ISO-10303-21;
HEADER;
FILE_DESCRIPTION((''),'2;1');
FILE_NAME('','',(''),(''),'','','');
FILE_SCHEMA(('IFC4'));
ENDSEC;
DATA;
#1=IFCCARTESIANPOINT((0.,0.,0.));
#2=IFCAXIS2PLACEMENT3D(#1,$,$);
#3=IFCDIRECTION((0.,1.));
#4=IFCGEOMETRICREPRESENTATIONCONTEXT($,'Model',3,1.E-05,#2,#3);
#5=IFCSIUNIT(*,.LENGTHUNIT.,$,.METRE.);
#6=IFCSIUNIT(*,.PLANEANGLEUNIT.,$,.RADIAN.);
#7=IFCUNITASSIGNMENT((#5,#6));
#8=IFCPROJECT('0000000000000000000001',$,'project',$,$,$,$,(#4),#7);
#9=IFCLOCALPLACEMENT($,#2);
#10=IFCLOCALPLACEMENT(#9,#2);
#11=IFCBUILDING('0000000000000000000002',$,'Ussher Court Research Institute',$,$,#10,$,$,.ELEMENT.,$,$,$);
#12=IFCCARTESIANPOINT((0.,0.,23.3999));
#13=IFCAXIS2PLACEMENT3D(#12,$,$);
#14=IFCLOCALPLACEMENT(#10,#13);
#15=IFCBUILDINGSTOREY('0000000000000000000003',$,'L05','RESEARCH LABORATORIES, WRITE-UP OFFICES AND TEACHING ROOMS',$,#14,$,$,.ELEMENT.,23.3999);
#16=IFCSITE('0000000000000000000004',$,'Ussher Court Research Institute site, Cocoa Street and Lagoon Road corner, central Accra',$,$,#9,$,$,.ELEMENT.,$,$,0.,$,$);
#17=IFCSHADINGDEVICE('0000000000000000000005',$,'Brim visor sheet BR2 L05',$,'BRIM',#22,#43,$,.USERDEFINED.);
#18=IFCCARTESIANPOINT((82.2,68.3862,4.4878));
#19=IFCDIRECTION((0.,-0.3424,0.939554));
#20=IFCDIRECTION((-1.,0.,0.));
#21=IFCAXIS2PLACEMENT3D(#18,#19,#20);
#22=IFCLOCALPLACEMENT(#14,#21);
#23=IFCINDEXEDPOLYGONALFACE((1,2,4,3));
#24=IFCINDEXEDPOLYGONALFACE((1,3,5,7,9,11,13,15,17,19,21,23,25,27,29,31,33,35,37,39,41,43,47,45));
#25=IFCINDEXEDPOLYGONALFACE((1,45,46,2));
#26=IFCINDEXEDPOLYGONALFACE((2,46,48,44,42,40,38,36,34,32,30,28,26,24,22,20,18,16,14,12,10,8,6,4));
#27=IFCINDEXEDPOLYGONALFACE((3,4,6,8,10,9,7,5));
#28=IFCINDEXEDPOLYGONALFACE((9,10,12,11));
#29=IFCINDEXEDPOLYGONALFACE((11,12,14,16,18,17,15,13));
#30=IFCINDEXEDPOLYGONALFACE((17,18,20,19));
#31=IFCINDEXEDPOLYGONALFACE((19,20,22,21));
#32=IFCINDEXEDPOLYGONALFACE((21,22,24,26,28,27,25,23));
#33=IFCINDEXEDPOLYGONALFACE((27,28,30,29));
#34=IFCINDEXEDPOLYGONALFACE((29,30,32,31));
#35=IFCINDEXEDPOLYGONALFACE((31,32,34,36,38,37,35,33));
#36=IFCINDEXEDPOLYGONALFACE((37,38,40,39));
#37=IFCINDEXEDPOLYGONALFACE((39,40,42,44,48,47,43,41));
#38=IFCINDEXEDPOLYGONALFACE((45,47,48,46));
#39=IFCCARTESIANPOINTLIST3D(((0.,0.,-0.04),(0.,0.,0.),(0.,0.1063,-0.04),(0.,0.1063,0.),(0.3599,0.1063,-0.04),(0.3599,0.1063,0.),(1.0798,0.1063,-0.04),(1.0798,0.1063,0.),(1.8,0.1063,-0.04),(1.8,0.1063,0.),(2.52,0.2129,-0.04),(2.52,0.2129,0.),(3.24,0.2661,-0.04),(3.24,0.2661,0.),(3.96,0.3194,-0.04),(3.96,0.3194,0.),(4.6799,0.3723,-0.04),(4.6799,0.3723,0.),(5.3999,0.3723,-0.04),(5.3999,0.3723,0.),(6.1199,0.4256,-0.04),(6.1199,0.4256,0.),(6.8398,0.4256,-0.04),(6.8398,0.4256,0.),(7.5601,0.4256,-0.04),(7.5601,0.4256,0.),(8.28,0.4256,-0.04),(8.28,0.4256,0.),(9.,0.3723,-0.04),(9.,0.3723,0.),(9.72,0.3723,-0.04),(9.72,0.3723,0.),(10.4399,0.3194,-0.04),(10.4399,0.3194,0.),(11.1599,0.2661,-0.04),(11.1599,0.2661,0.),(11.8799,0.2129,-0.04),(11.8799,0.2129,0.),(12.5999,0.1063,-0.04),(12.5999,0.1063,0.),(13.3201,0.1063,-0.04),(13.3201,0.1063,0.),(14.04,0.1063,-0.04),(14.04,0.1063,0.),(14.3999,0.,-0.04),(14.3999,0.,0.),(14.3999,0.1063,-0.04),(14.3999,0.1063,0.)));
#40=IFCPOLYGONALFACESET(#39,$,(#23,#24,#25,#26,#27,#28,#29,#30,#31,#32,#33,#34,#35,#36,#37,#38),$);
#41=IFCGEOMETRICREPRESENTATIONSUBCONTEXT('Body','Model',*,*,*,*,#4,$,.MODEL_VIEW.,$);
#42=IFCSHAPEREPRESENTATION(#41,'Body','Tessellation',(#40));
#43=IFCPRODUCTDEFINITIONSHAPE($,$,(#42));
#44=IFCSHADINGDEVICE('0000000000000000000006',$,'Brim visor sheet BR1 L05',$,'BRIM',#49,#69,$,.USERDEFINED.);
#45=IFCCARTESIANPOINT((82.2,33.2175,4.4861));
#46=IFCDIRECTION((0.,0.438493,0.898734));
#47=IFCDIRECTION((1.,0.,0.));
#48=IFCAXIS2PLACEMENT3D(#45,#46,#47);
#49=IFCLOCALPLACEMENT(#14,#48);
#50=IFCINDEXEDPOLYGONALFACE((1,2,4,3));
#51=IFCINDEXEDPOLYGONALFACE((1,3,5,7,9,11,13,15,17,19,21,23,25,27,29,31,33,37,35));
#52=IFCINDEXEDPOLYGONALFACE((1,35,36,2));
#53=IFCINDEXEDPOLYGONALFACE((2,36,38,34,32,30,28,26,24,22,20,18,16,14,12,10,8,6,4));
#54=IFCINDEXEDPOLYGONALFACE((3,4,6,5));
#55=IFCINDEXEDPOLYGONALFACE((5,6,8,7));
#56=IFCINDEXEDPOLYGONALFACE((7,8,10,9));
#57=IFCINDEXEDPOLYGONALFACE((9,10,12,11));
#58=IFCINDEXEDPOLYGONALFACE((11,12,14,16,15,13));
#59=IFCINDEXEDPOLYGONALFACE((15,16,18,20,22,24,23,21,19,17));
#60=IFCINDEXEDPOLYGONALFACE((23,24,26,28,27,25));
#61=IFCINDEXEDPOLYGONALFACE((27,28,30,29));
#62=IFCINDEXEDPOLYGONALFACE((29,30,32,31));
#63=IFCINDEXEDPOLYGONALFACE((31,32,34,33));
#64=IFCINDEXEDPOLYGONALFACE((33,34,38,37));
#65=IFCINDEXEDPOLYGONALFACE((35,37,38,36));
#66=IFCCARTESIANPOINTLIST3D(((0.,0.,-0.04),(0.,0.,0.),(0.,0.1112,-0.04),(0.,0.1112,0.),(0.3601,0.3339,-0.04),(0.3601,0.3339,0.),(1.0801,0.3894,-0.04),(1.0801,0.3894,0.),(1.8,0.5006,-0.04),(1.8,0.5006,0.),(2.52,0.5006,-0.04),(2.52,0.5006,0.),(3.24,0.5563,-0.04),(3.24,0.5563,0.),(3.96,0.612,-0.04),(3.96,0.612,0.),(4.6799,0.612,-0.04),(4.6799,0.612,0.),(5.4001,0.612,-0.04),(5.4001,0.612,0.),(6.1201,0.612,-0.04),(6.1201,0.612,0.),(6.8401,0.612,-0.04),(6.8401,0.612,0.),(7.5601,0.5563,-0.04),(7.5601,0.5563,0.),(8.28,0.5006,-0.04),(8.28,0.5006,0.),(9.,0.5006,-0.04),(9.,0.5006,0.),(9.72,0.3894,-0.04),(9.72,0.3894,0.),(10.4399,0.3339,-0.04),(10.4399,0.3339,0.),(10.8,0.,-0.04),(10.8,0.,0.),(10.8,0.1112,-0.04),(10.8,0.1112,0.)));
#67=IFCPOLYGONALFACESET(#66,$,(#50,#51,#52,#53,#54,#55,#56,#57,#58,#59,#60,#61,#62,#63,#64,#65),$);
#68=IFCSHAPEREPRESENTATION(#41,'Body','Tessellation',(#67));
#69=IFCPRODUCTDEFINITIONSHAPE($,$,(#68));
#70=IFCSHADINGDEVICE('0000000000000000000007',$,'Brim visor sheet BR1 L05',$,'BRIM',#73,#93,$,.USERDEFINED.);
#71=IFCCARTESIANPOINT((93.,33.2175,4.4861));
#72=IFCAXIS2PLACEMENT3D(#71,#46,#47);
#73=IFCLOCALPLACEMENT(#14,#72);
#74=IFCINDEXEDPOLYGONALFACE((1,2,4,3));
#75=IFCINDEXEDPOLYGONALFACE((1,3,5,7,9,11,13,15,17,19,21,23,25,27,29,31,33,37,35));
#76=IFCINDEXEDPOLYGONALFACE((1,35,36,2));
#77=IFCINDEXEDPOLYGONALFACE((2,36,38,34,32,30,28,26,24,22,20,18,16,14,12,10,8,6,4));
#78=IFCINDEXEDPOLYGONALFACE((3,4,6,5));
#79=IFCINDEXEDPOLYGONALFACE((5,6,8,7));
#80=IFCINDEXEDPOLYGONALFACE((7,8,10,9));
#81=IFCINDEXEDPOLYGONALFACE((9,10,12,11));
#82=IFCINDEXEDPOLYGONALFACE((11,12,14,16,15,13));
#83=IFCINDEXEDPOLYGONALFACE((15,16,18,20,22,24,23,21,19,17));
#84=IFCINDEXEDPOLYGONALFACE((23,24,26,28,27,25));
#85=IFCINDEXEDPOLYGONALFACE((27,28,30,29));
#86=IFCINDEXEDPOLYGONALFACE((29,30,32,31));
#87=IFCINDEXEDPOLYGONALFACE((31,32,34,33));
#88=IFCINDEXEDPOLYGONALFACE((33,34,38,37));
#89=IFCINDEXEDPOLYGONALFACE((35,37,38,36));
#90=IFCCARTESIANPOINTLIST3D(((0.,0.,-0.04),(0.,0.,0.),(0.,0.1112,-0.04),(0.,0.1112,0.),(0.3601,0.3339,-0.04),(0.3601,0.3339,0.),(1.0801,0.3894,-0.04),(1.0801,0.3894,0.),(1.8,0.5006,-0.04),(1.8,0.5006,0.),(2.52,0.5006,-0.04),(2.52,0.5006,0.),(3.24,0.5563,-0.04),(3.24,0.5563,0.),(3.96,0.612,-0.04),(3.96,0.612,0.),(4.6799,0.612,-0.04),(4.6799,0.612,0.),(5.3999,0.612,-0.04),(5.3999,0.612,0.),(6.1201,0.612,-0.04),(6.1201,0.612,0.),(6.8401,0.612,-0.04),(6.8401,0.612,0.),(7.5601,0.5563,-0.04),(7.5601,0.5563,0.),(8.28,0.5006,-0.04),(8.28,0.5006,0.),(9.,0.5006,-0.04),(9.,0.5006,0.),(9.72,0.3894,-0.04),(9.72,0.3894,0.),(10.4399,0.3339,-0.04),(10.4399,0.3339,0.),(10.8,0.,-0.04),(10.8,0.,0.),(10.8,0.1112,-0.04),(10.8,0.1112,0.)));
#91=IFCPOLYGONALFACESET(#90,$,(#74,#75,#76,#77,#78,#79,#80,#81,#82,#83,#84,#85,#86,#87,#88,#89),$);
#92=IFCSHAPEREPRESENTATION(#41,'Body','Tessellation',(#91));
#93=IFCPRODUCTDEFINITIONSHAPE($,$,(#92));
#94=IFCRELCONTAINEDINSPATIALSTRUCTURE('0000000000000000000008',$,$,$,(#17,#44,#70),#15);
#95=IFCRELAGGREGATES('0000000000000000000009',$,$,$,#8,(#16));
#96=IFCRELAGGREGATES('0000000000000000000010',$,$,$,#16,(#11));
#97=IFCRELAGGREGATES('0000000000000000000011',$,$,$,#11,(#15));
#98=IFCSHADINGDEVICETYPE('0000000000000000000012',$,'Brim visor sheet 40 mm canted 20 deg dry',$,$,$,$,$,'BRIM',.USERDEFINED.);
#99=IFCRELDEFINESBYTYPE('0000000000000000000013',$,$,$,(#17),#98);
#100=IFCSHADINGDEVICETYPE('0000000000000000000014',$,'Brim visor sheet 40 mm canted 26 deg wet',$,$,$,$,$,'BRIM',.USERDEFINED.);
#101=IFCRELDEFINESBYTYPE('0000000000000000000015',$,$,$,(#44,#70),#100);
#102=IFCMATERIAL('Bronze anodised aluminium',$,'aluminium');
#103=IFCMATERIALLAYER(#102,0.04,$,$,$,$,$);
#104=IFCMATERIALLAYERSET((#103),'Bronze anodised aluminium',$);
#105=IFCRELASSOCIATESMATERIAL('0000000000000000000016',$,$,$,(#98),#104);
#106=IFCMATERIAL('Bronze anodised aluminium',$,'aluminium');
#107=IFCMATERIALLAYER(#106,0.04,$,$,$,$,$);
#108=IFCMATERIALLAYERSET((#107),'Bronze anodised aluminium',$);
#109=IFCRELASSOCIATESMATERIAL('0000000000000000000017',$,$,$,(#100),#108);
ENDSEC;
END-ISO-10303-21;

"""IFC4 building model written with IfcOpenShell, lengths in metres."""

from ifc_helpers import new_model, si_unit, direction, frame, origin, place, context, subcontext, project, spatial, polyline, outline, extrude, material, layer, layer_set, type_object, element, save


model = new_model("IFC4")

# Units and contexts
model_context = context("Model", 3, precision=1e-05, world=origin(), true_north=direction((0.0, 1.0)))
body_context = subcontext(model_context, "Body", "Model", "MODEL_VIEW")
ifc_project = project(units=[si_unit("LENGTHUNIT", "METRE"), si_unit("PLANEANGLEUNIT", "RADIAN")], contexts=[model_context])

# Site, building, storey
site_placement = place(None, origin())
site = spatial("IfcSite", under=ifc_project, at=site_placement, Name="Ussher Court Research Institute site, Cocoa Street and Lagoon Road corner, central Accra", CompositionType="ELEMENT", RefElevation=0.0)
building_placement = place(site_placement, origin())
building = spatial("IfcBuilding", under=site, at=building_placement, Name="Ussher Court Research Institute", CompositionType="ELEMENT")
storey_placement = place(building_placement, frame((0.0, 0.0, 23.3999)))
storey = spatial("IfcBuildingStorey", under=building, at=storey_placement, Name="L05", Description="RESEARCH LABORATORIES, WRITE-UP OFFICES AND TEACHING ROOMS", CompositionType="ELEMENT", Elevation=23.3999)

# Shading devices
ifc_material_1 = material(Name="Bronze anodised aluminium", Category="aluminium")
ifc_layer_1 = layer(ifc_material_1, 0.04)
ifc_layer_set_1 = layer_set([ifc_layer_1], Name="Bronze anodised aluminium")
shading_device_type_1 = type_object("IfcShadingDeviceType", Name="Brim visor sheet 40 mm canted 20 deg dry", ElementType="BRIM", PredefinedType="USERDEFINED", material=ifc_layer_set_1)
shading_device_1_placement = place(storey_placement, frame((82.2, 68.3862, 4.4878), z_axis=(0.0, -0.3424, 0.939554), x_axis=(-1.0, 0.0, 0.0)))
element("IfcShadingDevice", 1, at=shading_device_1_placement, inside=storey, type_object=shading_device_type_1, Name="Brim visor sheet BR2 L05", ObjectType="BRIM", PredefinedType="USERDEFINED", context=body_context, shape_type="SweptSolid", body=[
    extrude(outline(polyline([(0.0, 0.0), (14.3999, 0.0), (14.3999, 0.1063), (14.04, 0.1063), (13.3201, 0.1063), (12.5999, 0.1063), (11.8799, 0.2129), (11.1599, 0.2661), (10.4399, 0.3194), (9.72, 0.3723), (9.0, 0.3723), (8.28, 0.4256), (7.5601, 0.4256), (6.8398, 0.4256), (6.1199, 0.4256), (5.3999, 0.3723), (4.6799, 0.3723), (3.96, 0.3194), (3.24, 0.2661), (2.52, 0.2129), (1.8, 0.1063), (1.0798, 0.1063), (0.3599, 0.1063), (0.0, 0.1063), (0.0, 0.0)])), origin(), (0.0, 0.0, -1.0), 0.04),
])
ifc_material_2 = material(Name="Bronze anodised aluminium", Category="aluminium")
ifc_layer_2 = layer(ifc_material_2, 0.04)
ifc_layer_set_2 = layer_set([ifc_layer_2], Name="Bronze anodised aluminium")
shading_device_type_2 = type_object("IfcShadingDeviceType", Name="Brim visor sheet 40 mm canted 26 deg wet", ElementType="BRIM", PredefinedType="USERDEFINED", material=ifc_layer_set_2)
shading_device_2_placement = place(storey_placement, frame((82.2, 33.2175, 4.4861), z_axis=(0.0, 0.438493, 0.898734), x_axis=(1.0, 0.0, 0.0)))
element("IfcShadingDevice", 2, at=shading_device_2_placement, inside=storey, type_object=shading_device_type_2, Name="Brim visor sheet BR1 L05", ObjectType="BRIM", PredefinedType="USERDEFINED", context=body_context, shape_type="SweptSolid", body=[
    extrude(outline(polyline([(0.0, 0.0), (10.8, 0.0), (10.8, 0.1112), (10.4399, 0.3339), (9.72, 0.3894), (9.0, 0.5006), (8.28, 0.5006), (7.5601, 0.5563), (6.8401, 0.612), (6.1201, 0.612), (5.4001, 0.612), (4.6799, 0.612), (3.96, 0.612), (3.24, 0.5563), (2.52, 0.5006), (1.8, 0.5006), (1.0801, 0.3894), (0.3601, 0.3339), (0.0, 0.1112), (0.0, 0.0)])), origin(), (0.0, 0.0, -1.0), 0.04),
])
shading_device_3_placement = place(storey_placement, frame((93.0, 33.2175, 4.4861), z_axis=(0.0, 0.438493, 0.898734), x_axis=(1.0, 0.0, 0.0)))
element("IfcShadingDevice", 3, at=shading_device_3_placement, inside=storey, type_object=shading_device_type_2, Name="Brim visor sheet BR1 L05", ObjectType="BRIM", PredefinedType="USERDEFINED", context=body_context, shape_type="SweptSolid", body=[
    extrude(outline(polyline([(0.0, 0.0), (10.8, 0.0), (10.8, 0.1112), (10.4399, 0.3339), (9.72, 0.3894), (9.0, 0.5006), (8.28, 0.5006), (7.5601, 0.5563), (6.8401, 0.612), (6.1201, 0.612), (5.3999, 0.612), (4.6799, 0.612), (3.96, 0.612), (3.24, 0.5563), (2.52, 0.5006), (1.8, 0.5006), (1.0801, 0.3894), (0.3601, 0.3339), (0.0, 0.1112), (0.0, 0.0)])), origin(), (0.0, 0.0, -1.0), 0.04),
])

save(model, "model.ifc")
